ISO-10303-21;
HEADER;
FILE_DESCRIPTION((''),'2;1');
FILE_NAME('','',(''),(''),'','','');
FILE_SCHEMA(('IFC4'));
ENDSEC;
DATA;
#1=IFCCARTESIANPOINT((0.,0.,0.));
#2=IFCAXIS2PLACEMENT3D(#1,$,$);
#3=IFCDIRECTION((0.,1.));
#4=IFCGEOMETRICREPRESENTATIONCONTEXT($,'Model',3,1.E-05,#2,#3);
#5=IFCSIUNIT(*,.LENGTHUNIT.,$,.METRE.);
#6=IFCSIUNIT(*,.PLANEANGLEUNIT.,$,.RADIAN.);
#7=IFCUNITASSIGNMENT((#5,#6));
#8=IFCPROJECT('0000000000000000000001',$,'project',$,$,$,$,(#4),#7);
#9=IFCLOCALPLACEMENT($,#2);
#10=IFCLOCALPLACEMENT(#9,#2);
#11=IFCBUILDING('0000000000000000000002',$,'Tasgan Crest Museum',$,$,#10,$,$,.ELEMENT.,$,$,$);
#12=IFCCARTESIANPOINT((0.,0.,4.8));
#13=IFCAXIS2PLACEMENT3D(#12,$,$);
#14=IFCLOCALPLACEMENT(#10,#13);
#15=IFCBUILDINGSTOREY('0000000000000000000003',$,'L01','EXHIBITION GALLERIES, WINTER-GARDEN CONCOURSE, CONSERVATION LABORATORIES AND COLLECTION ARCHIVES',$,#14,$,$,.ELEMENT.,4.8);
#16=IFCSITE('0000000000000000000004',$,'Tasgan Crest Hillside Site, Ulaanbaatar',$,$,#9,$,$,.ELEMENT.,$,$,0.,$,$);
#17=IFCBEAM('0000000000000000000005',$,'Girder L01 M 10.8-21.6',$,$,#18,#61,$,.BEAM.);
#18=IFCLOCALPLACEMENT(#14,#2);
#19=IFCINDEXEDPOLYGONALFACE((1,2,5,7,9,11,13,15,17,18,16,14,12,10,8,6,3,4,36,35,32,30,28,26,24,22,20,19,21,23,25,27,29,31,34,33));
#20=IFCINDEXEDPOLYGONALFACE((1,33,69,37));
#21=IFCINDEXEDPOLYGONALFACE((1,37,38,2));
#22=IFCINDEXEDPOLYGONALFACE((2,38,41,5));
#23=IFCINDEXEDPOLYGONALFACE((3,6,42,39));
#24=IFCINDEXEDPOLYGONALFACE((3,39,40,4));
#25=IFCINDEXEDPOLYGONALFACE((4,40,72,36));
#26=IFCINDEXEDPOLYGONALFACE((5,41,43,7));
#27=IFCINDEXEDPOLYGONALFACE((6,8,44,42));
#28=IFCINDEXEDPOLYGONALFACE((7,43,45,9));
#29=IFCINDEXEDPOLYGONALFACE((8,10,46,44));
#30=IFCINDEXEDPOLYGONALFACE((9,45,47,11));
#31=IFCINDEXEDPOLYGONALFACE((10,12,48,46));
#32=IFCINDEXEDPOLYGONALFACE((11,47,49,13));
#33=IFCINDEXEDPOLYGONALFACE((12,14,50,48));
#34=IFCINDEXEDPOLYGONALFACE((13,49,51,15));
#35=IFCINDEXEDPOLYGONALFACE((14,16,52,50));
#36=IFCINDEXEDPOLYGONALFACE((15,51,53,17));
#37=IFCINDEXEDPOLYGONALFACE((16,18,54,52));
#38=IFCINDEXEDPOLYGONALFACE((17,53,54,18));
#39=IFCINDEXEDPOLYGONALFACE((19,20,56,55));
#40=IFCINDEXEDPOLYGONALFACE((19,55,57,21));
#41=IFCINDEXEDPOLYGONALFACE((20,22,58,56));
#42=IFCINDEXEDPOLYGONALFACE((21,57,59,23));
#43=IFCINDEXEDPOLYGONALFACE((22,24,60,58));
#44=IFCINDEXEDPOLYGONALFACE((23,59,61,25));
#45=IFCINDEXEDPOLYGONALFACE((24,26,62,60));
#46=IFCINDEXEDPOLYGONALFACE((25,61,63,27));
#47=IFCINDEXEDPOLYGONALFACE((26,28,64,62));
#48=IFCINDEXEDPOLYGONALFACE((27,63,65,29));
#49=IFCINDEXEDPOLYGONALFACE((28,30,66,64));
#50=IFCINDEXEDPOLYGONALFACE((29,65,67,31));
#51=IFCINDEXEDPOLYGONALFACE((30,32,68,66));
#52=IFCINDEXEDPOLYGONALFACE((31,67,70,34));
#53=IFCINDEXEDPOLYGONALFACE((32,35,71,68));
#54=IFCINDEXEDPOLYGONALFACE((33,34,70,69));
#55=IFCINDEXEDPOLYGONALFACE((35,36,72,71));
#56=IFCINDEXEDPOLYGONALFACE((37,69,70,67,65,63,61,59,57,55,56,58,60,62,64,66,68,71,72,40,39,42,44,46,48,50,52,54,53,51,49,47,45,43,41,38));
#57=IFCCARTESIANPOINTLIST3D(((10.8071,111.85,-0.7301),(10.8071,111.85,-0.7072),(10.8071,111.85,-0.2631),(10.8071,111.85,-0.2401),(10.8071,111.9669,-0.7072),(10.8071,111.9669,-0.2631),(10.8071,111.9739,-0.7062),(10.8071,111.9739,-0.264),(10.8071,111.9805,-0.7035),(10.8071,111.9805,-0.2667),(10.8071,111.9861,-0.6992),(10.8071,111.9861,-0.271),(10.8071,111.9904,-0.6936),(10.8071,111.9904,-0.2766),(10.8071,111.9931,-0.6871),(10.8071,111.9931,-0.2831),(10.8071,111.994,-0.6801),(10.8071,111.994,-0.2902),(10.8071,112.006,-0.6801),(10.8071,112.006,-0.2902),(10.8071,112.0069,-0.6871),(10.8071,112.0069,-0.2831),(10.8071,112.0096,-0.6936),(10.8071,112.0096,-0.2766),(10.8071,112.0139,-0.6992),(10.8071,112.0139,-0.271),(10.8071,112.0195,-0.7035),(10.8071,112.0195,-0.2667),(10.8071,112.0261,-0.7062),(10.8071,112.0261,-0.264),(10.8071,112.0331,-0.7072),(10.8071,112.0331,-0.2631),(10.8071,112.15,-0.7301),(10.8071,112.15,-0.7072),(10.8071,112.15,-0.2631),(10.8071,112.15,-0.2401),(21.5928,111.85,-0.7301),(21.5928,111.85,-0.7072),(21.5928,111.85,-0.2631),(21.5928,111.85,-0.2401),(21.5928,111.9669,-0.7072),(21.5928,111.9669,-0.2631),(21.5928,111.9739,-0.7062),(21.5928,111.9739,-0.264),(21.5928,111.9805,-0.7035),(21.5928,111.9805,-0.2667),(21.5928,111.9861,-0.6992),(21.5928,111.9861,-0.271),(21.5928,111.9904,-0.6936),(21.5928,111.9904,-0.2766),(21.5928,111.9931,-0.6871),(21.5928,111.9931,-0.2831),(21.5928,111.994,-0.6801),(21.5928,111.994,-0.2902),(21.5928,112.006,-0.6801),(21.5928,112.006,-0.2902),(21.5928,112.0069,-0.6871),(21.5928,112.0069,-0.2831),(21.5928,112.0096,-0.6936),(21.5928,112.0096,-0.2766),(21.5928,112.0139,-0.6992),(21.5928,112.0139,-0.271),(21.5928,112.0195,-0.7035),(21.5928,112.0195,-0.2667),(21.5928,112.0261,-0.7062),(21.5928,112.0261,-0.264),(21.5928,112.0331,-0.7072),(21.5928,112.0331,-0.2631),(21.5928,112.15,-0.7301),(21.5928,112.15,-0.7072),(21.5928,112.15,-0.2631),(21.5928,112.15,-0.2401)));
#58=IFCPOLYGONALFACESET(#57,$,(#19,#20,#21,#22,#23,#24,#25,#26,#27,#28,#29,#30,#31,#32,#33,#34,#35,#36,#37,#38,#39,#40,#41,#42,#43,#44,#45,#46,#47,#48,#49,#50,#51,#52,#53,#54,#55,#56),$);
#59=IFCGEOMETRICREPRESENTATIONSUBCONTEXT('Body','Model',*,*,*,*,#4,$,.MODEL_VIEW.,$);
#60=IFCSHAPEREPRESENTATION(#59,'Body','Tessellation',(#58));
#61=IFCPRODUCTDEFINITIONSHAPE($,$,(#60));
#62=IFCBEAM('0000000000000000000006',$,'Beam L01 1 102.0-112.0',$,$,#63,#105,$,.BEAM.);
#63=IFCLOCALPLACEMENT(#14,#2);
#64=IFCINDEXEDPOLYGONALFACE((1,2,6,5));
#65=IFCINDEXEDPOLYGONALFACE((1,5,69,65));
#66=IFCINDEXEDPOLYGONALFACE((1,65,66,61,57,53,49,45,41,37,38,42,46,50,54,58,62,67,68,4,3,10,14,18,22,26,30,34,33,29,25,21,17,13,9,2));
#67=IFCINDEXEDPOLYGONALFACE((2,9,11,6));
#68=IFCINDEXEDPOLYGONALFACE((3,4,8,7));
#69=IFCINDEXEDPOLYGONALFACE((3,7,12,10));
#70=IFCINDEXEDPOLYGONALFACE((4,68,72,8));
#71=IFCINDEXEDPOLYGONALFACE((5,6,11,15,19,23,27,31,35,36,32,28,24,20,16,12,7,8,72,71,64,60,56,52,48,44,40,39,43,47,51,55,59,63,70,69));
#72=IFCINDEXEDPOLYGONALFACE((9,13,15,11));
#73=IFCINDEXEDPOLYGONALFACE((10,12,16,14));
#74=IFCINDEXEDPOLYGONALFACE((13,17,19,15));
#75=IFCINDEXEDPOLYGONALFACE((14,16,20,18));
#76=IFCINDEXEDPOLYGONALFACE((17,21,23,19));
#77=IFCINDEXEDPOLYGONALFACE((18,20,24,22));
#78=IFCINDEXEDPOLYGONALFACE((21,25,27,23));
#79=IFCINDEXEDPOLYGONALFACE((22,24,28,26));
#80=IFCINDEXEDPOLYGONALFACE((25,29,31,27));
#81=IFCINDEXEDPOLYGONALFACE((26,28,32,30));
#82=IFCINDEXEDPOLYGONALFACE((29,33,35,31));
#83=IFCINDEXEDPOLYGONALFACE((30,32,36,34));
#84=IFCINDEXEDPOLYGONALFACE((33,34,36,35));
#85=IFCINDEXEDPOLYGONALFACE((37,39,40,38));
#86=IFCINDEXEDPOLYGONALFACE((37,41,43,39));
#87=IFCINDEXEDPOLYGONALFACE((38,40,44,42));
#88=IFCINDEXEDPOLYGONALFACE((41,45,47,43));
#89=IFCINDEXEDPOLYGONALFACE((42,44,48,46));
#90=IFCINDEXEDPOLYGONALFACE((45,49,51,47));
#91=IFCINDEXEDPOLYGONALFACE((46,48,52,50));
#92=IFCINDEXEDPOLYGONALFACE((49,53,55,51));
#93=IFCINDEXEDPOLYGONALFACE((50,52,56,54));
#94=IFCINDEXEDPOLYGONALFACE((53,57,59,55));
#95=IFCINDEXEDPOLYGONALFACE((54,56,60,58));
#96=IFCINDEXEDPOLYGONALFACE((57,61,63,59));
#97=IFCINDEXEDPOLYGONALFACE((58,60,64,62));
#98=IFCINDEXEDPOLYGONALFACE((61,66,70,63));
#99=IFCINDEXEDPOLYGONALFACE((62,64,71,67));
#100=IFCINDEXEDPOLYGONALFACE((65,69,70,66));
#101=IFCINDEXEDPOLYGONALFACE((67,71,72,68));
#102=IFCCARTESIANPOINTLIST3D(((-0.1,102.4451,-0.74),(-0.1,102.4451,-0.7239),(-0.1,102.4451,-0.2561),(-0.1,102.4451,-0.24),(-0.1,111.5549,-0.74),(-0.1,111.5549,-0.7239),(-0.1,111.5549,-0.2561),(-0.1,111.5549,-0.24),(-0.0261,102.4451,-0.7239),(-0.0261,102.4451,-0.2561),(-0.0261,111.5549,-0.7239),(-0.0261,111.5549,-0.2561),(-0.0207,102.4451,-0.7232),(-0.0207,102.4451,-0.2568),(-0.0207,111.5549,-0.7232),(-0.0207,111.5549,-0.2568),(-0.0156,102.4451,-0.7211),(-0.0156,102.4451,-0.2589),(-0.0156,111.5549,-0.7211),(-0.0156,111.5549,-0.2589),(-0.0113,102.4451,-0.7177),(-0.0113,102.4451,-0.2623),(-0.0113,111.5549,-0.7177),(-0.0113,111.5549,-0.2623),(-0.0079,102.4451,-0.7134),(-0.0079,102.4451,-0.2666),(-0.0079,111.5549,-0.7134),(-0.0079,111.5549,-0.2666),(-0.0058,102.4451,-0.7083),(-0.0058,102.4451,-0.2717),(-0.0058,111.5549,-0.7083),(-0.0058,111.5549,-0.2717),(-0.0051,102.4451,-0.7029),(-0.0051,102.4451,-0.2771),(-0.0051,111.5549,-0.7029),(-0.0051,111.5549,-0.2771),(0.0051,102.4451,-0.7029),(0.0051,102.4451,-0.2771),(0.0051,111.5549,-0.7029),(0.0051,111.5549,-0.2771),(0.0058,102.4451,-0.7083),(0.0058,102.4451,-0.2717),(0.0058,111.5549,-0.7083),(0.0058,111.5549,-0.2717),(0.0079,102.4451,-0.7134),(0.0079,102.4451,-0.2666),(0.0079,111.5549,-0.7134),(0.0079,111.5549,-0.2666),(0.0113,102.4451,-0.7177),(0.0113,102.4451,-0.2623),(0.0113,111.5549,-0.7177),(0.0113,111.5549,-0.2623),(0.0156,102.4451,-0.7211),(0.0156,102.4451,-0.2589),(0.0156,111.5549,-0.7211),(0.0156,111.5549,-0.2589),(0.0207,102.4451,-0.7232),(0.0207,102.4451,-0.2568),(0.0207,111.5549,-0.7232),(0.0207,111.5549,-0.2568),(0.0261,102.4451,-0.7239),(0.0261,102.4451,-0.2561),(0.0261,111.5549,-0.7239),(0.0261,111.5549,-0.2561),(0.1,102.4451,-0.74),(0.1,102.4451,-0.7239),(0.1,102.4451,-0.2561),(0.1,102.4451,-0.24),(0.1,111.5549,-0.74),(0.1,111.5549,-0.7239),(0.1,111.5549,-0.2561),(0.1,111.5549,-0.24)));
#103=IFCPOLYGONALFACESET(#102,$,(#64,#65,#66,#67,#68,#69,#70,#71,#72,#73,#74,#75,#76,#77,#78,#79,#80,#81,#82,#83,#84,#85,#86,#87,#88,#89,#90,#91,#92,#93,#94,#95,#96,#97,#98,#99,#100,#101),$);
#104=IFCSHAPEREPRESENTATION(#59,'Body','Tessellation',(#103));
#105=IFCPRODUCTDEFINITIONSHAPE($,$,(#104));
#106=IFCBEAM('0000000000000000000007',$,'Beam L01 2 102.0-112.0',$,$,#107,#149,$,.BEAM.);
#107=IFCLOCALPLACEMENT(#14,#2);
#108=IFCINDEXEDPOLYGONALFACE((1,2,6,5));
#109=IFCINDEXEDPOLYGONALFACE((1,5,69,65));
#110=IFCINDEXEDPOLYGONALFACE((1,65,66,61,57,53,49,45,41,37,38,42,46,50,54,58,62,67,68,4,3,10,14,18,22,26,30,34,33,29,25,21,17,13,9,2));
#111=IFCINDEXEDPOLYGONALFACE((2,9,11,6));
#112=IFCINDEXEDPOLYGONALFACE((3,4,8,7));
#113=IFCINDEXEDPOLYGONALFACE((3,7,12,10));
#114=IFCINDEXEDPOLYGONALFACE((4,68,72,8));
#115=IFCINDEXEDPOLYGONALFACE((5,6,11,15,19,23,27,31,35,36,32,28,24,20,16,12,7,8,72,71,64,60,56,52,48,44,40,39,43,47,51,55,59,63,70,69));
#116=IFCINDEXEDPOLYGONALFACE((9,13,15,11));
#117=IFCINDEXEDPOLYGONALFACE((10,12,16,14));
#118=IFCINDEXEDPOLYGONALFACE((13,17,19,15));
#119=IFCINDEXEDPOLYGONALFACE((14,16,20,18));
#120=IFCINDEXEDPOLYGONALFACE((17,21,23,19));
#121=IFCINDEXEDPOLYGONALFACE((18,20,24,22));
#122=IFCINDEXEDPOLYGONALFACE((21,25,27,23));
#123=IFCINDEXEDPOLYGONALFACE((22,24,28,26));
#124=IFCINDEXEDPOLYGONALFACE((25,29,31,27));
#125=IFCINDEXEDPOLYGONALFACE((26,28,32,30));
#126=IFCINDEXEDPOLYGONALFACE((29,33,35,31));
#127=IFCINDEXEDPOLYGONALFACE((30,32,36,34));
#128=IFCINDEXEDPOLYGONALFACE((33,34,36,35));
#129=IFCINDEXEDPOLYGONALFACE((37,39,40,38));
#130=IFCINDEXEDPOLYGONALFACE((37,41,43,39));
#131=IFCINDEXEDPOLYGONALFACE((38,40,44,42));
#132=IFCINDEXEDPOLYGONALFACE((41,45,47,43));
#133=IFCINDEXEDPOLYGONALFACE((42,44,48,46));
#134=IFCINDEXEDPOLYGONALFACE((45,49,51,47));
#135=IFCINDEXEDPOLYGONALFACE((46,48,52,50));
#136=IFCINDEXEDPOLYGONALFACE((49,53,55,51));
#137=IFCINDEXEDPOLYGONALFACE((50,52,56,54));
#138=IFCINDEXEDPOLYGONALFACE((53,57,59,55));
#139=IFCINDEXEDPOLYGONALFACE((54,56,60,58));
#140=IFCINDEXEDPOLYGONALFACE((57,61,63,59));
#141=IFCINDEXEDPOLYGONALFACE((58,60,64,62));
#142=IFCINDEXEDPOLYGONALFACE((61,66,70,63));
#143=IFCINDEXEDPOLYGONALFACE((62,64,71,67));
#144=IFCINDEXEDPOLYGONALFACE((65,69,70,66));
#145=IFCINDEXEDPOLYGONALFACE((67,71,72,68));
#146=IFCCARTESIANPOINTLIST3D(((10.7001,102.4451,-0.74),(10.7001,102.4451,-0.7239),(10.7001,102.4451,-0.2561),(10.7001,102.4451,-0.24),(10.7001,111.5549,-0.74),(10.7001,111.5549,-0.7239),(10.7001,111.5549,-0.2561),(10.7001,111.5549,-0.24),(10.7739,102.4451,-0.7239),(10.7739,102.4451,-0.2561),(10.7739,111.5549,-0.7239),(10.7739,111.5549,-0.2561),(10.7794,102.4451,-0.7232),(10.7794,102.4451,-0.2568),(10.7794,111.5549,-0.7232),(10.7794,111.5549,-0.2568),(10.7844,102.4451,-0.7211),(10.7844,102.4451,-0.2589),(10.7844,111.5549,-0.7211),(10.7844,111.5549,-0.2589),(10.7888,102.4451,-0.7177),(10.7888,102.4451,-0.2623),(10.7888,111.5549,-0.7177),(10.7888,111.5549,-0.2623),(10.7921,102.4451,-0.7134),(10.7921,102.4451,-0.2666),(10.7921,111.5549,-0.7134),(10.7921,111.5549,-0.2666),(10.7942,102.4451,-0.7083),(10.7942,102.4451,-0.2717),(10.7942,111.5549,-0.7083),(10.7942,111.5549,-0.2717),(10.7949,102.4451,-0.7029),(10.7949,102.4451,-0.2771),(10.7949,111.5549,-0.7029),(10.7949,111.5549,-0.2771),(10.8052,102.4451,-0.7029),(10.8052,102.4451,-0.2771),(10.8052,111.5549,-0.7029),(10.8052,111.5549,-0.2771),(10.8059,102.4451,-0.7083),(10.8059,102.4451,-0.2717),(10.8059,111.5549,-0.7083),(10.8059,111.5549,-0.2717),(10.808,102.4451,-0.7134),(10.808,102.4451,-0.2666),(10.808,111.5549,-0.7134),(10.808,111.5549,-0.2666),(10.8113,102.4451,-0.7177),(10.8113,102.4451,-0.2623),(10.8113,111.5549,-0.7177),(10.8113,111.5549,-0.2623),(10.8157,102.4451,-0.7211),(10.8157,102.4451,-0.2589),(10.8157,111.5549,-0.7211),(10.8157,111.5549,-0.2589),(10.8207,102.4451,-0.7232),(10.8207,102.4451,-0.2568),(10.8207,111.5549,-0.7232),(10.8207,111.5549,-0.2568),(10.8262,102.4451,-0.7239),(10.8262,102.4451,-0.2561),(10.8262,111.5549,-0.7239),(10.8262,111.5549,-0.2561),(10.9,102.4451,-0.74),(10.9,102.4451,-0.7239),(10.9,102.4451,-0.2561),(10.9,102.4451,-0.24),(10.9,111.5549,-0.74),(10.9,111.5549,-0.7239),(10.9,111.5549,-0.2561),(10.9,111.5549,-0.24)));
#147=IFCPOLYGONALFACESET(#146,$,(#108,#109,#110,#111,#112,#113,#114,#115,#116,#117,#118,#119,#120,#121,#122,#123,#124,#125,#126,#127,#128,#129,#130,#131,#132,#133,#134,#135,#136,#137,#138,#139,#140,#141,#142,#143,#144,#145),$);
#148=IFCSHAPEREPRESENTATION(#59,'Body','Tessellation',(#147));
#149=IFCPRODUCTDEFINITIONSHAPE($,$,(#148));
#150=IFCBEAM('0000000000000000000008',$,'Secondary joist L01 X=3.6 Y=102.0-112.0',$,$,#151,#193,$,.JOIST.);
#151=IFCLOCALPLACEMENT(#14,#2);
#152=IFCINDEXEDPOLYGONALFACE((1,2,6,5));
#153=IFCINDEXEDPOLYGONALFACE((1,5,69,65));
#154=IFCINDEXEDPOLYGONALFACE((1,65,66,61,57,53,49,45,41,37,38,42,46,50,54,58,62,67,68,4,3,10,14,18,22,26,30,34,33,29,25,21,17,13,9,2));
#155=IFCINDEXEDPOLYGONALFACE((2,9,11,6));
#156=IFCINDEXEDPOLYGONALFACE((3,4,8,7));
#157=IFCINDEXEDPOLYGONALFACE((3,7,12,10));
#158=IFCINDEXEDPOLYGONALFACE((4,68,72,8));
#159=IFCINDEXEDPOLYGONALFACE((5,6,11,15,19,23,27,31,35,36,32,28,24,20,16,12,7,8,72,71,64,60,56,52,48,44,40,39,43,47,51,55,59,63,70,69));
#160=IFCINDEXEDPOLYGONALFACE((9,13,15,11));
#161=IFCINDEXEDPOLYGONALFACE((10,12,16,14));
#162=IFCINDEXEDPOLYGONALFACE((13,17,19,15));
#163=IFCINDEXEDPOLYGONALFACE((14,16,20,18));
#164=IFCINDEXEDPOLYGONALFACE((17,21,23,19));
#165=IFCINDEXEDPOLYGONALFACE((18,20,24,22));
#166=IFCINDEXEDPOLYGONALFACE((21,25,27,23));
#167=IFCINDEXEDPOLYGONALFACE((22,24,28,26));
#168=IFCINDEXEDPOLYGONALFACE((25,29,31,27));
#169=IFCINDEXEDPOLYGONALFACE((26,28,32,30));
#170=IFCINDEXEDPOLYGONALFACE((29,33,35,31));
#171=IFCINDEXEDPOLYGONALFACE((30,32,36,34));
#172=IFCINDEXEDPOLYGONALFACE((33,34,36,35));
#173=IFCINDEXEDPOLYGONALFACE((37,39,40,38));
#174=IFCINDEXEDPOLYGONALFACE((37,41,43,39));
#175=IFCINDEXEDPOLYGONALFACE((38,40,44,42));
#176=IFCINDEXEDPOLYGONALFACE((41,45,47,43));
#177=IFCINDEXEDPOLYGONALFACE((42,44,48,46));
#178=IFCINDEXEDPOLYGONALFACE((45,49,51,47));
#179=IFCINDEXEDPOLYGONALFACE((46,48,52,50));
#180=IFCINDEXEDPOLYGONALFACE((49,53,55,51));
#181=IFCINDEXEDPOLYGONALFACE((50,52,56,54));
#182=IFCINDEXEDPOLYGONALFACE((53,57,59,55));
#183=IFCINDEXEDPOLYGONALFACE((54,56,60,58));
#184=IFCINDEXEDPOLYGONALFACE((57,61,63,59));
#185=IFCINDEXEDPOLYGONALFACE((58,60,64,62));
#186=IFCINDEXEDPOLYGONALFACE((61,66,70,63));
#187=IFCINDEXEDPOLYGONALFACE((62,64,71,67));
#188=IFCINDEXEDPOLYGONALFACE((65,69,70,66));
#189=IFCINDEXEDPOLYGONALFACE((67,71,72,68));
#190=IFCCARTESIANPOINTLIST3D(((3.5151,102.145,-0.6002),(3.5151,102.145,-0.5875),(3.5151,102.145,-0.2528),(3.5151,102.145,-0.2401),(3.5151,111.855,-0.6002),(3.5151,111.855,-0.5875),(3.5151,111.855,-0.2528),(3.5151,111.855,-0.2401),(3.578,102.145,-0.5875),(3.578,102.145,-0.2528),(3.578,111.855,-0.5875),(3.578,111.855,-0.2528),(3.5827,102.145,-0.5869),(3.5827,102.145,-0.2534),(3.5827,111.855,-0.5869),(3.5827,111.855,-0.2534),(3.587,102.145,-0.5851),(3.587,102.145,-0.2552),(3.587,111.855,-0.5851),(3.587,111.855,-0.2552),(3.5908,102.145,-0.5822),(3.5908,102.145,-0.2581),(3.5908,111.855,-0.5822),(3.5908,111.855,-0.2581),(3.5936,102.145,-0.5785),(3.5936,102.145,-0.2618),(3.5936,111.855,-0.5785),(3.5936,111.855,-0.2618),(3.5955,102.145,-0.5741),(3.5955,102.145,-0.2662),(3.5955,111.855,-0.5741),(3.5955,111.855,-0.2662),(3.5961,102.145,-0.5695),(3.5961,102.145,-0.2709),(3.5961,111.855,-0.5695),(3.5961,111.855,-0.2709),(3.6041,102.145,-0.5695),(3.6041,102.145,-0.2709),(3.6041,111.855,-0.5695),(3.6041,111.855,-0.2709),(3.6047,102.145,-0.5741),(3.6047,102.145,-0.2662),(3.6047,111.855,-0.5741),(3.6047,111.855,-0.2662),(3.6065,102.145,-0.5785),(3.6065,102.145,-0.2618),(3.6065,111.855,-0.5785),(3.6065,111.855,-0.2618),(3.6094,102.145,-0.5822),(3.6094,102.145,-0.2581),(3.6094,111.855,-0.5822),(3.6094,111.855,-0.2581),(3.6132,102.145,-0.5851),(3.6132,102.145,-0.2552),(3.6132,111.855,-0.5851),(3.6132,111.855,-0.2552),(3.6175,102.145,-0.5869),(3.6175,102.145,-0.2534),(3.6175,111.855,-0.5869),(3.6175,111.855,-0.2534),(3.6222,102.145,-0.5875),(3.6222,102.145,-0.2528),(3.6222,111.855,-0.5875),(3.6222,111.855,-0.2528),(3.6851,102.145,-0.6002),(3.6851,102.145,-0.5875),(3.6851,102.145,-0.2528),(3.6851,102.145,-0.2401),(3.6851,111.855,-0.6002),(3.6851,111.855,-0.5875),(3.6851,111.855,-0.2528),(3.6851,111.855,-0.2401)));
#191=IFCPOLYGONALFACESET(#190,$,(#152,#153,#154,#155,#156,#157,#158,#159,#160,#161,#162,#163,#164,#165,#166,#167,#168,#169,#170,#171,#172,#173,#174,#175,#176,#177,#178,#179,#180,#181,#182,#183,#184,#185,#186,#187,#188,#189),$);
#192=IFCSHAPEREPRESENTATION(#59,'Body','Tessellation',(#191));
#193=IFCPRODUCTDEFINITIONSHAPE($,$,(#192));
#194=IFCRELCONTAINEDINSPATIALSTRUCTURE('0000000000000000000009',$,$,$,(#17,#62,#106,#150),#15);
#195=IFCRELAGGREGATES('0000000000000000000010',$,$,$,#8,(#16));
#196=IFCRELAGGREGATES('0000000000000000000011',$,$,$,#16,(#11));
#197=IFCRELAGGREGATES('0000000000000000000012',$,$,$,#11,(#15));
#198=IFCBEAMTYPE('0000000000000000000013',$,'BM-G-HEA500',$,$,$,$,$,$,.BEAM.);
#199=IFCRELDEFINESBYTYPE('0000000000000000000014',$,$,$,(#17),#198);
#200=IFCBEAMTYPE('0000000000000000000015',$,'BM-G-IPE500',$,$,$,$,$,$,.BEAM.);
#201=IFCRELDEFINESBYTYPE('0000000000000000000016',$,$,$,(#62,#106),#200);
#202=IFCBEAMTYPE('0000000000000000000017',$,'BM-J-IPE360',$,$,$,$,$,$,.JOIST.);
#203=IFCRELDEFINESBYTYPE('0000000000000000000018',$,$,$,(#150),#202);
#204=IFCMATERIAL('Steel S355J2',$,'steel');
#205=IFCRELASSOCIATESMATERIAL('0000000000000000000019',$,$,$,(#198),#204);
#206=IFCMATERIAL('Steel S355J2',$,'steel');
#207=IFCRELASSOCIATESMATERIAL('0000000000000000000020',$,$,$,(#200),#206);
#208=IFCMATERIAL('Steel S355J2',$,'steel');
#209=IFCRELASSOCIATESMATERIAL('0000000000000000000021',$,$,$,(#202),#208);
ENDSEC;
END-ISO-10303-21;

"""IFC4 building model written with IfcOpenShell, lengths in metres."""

from ifc_helpers import new_model, si_unit, direction, frame, origin, origin_2d, place, context, subcontext, project, spatial, i_section, extrude, material, material_profile, profile_set, type_object, element, save


model = new_model("IFC4")

# Units and contexts
model_context = context("Model", 3, precision=1e-05, world=origin(), true_north=direction((0.0, 1.0)))
body_context = subcontext(model_context, "Body", "Model", "MODEL_VIEW")
ifc_project = project(units=[si_unit("LENGTHUNIT", "METRE"), si_unit("PLANEANGLEUNIT", "RADIAN")], contexts=[model_context])

# Site, building, storey
site_placement = place(None, origin())
site = spatial("IfcSite", under=ifc_project, at=site_placement, Name="Tasgan Crest Hillside Site, Ulaanbaatar", CompositionType="ELEMENT", RefElevation=0.0)
building_placement = place(site_placement, origin())
building = spatial("IfcBuilding", under=site, at=building_placement, Name="Tasgan Crest Museum", CompositionType="ELEMENT")
storey_placement = place(building_placement, frame((0.0, 0.0, 4.8)))
storey = spatial("IfcBuildingStorey", under=building, at=storey_placement, Name="L01", Description="EXHIBITION GALLERIES, WINTER-GARDEN CONCOURSE, CONSERVATION LABORATORIES AND COLLECTION ARCHIVES", CompositionType="ELEMENT", Elevation=4.8)

# Beams
ifc_material_1 = material(Name="Steel S355J2", Category="steel")
ifc_material_profile_1 = material_profile(ifc_material_1, i_section(OverallWidth=0.3, OverallDepth=0.49, WebThickness=0.012, FlangeThickness=0.0229, FilletRadius=0.0271, at=origin_2d()), Name="HEA 500")
ifc_profile_set_1 = profile_set([ifc_material_profile_1], Name="Steel S355J2")
beam_type_1 = type_object("IfcBeamType", Name="BM-G-HEA500", PredefinedType="BEAM", material=ifc_profile_set_1)
beam_1_placement = place(storey_placement, frame((10.8071, 112.0, -0.4851), z_axis=(1.0, 0.0, 0.0), x_axis=(0.0, 1.0, 0.0)))
element("IfcBeam", 1, at=beam_1_placement, inside=storey, type_object=beam_type_1, Name="Girder L01 M 10.8-21.6", PredefinedType="BEAM", context=body_context, shape_type="SweptSolid", body=[
    extrude(i_section(OverallWidth=0.3, OverallDepth=0.49, WebThickness=0.012, FlangeThickness=0.0229, FilletRadius=0.0271, at=origin_2d()), origin(), (0.0, 0.0, 1.0), 10.7856),
])
ifc_material_2 = material(Name="Steel S355J2", Category="steel")
ifc_material_profile_2 = material_profile(ifc_material_2, i_section(OverallWidth=0.2, OverallDepth=0.5, WebThickness=0.0103, FlangeThickness=0.0161, FilletRadius=0.021, at=origin_2d()), Name="IPE 500")
ifc_profile_set_2 = profile_set([ifc_material_profile_2], Name="Steel S355J2")
beam_type_2 = type_object("IfcBeamType", Name="BM-G-IPE500", PredefinedType="BEAM", material=ifc_profile_set_2)
for number, where, z_axis, x_axis, name in (
    (2, (0.0, 102.4451, -0.49), (0.0, 1.0, 0.0), (-1.0, 0.0, 0.0), "Beam L01 1 102.0-112.0"),
    (3, (10.8, 102.4451, -0.49), (0.0, 1.0, 0.0), (-1.0, 0.0, 0.0), "Beam L01 2 102.0-112.0"),
):
    element("IfcBeam", number, at=place(storey_placement, frame(where, z_axis=z_axis, x_axis=x_axis)), inside=storey, type_object=beam_type_2, Name=name, PredefinedType="BEAM", context=body_context, shape_type="SweptSolid", body=[
        extrude(i_section(OverallWidth=0.2, OverallDepth=0.5, WebThickness=0.0103, FlangeThickness=0.0161, FilletRadius=0.021, at=origin_2d()), origin(), (0.0, 0.0, 1.0), 9.1099),
    ])
ifc_material_3 = material(Name="Steel S355J2", Category="steel")
ifc_material_profile_3 = material_profile(ifc_material_3, i_section(OverallWidth=0.1699, OverallDepth=0.3601, WebThickness=0.0081, FlangeThickness=0.0127, FilletRadius=0.0181, at=origin_2d()), Name="IPE 360")
ifc_profile_set_3 = profile_set([ifc_material_profile_3], Name="Steel S355J2")
beam_type_3 = type_object("IfcBeamType", Name="BM-J-IPE360", PredefinedType="JOIST", material=ifc_profile_set_3)
for number, where, z_axis, x_axis, name in (
    (4, (3.6001, 102.145, -0.4202), (0.0, 1.0, 0.0), (-1.0, 0.0, 0.0), "Secondary joist L01 X=3.6 Y=102.0-112.0"),
):
    element("IfcBeam", number, at=place(storey_placement, frame(where, z_axis=z_axis, x_axis=x_axis)), inside=storey, type_object=beam_type_3, Name=name, PredefinedType="JOIST", context=body_context, shape_type="SweptSolid", body=[
        extrude(i_section(OverallWidth=0.1699, OverallDepth=0.3601, WebThickness=0.0081, FlangeThickness=0.0127, FilletRadius=0.0181, at=origin_2d()), origin(), (0.0, 0.0, 1.0), 9.71),
    ])

save(model, "model.ifc")
